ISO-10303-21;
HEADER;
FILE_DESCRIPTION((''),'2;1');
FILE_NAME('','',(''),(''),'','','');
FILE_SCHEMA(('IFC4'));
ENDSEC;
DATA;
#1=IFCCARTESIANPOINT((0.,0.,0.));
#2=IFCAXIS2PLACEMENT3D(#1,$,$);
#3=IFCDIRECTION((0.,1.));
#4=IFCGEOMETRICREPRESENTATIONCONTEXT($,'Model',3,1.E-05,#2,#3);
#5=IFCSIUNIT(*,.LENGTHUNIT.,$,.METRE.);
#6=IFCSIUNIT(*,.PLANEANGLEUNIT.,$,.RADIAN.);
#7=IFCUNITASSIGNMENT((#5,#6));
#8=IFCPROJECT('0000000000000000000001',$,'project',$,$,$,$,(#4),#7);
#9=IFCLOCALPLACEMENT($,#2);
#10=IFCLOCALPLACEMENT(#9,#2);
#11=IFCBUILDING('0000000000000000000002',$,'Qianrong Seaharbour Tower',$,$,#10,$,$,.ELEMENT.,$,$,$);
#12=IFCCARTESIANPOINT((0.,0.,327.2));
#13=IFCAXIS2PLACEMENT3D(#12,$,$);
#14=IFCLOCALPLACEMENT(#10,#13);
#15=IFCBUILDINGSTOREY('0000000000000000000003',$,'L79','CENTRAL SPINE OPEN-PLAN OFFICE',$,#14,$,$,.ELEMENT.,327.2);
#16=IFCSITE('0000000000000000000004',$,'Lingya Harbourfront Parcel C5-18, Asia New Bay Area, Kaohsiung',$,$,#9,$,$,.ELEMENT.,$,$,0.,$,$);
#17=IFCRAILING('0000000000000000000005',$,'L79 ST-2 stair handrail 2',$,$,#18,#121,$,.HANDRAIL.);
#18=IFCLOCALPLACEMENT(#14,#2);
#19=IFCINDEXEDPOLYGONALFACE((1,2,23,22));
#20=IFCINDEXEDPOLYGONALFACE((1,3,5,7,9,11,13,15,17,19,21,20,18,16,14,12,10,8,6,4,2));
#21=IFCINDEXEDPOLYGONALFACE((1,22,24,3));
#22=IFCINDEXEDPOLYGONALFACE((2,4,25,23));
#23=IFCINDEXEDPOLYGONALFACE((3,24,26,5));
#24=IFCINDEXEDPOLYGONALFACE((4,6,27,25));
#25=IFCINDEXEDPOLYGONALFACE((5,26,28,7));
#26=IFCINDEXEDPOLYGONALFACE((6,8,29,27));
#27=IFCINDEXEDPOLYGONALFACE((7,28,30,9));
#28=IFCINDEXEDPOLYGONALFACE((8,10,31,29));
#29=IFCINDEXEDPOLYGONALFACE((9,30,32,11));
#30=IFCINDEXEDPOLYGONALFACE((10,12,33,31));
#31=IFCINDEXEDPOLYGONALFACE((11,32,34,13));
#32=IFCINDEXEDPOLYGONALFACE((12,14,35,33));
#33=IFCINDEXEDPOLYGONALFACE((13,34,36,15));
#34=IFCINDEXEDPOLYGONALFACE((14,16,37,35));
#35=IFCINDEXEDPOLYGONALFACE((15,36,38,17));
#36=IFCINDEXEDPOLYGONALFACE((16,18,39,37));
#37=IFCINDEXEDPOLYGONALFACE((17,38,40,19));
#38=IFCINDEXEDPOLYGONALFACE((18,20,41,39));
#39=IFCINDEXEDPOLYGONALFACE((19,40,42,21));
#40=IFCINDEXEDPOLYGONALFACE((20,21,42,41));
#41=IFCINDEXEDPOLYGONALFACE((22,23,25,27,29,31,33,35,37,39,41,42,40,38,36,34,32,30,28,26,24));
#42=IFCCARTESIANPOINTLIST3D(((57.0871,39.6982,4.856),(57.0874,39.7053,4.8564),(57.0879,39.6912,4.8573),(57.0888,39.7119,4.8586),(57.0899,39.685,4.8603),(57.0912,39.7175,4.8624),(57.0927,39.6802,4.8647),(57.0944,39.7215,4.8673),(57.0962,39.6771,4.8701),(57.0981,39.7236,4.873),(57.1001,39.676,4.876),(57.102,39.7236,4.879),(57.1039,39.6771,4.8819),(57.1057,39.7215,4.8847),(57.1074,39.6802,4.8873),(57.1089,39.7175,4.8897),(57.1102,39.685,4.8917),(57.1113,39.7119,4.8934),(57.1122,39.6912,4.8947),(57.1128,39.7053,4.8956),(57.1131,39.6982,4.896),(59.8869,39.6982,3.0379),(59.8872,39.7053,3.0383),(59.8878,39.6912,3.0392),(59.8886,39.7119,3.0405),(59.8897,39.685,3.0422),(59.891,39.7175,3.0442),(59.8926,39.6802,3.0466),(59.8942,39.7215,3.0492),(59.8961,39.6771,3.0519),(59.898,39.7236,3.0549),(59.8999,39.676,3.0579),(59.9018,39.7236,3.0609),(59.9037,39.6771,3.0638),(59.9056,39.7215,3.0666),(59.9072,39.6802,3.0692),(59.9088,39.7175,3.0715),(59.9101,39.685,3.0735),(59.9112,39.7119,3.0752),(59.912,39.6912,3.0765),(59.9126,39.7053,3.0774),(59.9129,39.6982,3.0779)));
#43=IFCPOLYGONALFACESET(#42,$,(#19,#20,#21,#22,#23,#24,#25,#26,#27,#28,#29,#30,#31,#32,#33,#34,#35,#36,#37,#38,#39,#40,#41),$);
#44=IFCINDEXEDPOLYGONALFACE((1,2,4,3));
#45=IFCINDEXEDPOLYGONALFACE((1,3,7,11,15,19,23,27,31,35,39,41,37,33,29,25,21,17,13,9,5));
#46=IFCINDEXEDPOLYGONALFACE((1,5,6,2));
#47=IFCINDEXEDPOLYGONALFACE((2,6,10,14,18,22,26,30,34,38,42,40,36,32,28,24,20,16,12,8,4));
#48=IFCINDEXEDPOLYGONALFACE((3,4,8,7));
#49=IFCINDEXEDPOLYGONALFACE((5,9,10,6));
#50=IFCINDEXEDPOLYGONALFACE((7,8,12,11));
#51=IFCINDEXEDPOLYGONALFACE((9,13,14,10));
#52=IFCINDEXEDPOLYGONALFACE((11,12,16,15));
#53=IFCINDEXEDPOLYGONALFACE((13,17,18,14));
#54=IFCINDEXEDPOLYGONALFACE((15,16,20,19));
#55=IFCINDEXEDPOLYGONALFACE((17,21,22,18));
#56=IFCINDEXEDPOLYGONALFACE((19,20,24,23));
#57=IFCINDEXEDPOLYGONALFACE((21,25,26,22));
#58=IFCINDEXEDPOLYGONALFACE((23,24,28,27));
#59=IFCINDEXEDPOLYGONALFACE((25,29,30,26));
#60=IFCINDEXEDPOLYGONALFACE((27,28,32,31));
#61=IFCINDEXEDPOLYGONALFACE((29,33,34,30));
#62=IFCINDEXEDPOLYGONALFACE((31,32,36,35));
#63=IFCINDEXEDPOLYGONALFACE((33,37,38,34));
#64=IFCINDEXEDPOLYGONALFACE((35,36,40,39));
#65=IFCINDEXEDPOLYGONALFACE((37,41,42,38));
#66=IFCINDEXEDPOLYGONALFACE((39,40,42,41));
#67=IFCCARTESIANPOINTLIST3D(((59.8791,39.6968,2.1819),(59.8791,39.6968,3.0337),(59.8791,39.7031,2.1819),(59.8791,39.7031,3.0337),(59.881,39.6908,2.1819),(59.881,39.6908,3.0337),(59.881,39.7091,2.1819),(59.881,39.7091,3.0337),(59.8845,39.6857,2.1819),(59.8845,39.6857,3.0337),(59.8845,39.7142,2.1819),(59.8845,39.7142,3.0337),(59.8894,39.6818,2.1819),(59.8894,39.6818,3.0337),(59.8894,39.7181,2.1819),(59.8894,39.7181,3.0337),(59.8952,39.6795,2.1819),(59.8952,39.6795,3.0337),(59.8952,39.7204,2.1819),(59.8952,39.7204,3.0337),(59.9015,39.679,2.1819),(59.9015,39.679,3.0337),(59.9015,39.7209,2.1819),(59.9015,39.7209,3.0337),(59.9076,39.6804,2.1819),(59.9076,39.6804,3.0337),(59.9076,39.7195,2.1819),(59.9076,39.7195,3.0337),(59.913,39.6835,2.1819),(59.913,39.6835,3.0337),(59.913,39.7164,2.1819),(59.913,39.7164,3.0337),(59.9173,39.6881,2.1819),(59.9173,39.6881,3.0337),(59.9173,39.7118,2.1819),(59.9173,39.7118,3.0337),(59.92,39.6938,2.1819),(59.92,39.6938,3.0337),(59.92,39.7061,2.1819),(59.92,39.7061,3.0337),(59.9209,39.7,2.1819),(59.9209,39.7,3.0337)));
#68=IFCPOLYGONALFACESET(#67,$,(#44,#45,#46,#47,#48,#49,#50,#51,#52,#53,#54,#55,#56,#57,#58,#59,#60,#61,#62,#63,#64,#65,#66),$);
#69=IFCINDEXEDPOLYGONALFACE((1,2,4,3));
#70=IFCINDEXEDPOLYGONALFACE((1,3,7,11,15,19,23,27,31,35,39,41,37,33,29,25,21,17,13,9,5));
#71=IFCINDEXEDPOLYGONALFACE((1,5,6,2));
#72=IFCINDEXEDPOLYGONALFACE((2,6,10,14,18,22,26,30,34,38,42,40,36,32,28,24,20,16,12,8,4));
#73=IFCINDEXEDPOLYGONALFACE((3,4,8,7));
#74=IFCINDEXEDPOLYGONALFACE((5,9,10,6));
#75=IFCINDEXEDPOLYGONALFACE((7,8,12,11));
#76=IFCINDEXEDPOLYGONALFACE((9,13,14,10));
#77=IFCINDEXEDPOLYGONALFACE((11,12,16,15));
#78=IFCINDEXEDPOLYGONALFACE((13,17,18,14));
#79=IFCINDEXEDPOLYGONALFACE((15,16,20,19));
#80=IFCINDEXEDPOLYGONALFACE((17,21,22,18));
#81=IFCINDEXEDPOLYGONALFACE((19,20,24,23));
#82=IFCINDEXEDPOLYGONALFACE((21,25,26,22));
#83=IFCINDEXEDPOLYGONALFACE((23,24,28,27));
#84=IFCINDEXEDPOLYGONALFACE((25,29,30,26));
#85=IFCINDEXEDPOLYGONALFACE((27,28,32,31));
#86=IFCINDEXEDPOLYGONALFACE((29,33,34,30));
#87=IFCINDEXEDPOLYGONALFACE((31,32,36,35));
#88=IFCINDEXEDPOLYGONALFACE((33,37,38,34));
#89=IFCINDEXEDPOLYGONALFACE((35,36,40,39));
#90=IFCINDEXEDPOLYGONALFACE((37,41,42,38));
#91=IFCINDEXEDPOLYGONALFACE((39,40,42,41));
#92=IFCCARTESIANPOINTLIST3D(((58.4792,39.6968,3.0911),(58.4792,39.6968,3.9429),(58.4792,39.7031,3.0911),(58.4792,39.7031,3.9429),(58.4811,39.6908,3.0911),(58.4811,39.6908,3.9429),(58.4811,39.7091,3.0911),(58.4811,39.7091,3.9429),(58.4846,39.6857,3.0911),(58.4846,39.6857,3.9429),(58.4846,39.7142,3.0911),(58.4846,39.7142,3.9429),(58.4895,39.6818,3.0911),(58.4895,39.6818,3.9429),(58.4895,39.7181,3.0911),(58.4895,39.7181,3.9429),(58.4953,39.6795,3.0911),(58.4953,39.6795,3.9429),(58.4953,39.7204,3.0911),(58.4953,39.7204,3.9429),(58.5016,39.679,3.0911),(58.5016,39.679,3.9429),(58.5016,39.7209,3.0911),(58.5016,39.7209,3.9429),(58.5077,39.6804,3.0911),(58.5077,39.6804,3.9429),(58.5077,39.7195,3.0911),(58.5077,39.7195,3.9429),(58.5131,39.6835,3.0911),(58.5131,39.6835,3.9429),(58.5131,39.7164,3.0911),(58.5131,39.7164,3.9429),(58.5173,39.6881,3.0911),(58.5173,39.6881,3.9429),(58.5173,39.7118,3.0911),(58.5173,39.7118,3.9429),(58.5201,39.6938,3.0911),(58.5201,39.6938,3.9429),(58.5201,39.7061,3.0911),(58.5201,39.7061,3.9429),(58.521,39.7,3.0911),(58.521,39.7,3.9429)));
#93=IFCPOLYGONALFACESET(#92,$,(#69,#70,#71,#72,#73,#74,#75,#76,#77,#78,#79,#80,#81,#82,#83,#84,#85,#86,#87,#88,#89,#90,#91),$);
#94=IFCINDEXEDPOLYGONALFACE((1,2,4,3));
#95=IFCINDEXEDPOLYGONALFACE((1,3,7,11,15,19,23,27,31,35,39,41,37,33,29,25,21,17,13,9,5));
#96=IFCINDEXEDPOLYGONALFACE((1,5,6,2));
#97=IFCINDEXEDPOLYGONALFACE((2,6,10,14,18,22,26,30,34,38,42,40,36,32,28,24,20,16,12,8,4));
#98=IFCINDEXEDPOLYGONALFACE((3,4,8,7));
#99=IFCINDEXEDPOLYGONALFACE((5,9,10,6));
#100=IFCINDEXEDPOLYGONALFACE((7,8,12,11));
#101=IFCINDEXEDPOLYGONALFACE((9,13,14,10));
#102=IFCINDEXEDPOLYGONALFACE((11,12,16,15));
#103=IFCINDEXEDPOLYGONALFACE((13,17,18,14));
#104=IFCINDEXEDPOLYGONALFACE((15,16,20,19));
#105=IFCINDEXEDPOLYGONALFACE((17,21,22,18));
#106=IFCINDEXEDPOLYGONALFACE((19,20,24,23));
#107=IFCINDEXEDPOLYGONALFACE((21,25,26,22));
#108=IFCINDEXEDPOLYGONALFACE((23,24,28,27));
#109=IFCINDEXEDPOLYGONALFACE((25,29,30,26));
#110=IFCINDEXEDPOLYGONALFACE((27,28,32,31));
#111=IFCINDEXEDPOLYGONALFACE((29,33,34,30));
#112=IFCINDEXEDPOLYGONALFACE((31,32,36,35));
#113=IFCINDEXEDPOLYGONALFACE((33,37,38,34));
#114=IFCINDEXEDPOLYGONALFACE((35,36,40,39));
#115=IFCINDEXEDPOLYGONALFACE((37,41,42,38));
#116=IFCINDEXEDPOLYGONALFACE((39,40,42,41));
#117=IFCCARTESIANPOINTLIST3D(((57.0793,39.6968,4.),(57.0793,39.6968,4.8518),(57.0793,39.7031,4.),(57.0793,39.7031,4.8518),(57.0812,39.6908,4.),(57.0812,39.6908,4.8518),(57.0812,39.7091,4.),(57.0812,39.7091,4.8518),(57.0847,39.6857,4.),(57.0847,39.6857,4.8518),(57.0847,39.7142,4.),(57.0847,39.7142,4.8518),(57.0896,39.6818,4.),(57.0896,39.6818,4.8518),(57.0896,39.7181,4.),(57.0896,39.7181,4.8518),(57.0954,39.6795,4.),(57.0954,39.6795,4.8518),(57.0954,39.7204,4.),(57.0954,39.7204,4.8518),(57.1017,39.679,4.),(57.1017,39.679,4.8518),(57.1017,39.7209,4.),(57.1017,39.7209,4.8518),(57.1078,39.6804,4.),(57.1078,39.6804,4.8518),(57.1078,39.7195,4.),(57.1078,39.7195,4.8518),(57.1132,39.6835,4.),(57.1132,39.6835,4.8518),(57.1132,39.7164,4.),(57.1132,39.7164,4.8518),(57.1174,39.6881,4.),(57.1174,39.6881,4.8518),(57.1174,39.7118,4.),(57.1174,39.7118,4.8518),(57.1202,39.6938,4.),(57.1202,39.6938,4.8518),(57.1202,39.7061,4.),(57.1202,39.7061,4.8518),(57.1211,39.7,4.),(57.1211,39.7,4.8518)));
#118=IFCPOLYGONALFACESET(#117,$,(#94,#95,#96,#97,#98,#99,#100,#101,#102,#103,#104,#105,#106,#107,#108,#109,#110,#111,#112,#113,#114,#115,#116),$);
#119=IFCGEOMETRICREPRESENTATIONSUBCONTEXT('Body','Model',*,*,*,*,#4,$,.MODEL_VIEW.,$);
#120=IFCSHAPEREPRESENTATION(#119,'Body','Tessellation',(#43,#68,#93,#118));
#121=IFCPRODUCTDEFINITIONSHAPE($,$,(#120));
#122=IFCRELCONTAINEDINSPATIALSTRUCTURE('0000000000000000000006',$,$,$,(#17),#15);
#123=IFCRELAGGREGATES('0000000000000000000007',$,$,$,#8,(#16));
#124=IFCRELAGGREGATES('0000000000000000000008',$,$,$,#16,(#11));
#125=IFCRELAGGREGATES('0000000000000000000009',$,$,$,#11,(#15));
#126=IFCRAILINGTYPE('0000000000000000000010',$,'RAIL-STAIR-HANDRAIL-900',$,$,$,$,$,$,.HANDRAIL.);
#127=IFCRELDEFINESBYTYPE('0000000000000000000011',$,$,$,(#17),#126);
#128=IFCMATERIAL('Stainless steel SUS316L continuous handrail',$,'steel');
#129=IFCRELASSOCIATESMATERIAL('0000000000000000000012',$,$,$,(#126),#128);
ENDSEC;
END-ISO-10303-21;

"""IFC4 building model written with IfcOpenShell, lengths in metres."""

from ifc_helpers import new_model, si_unit, direction, frame, origin, origin_2d, place, context, subcontext, project, spatial, circle, extrude, material, type_object, element, save


model = new_model("IFC4")

# Units and contexts
model_context = context("Model", 3, precision=1e-05, world=origin(), true_north=direction((0.0, 1.0)))
body_context = subcontext(model_context, "Body", "Model", "MODEL_VIEW")
ifc_project = project(units=[si_unit("LENGTHUNIT", "METRE"), si_unit("PLANEANGLEUNIT", "RADIAN")], contexts=[model_context])

# Site, building, storey
site_placement = place(None, origin())
site = spatial("IfcSite", under=ifc_project, at=site_placement, Name="Lingya Harbourfront Parcel C5-18, Asia New Bay Area, Kaohsiung", CompositionType="ELEMENT", RefElevation=0.0)
building_placement = place(site_placement, origin())
building = spatial("IfcBuilding", under=site, at=building_placement, Name="Qianrong Seaharbour Tower", CompositionType="ELEMENT")
storey_placement = place(building_placement, frame((0.0, 0.0, 327.2)))
storey = spatial("IfcBuildingStorey", under=building, at=storey_placement, Name="L79", Description="CENTRAL SPINE OPEN-PLAN OFFICE", CompositionType="ELEMENT", Elevation=327.2)

# Railing
ifc_material_1 = material(Name="Stainless steel SUS316L continuous handrail", Category="steel")
railing_type_1 = type_object("IfcRailingType", Name="RAIL-STAIR-HANDRAIL-900", PredefinedType="HANDRAIL", material=ifc_material_1)
railing_1_placement = place(storey_placement, frame((59.8999, 39.7, 2.1819)))
element("IfcRailing", 1, at=railing_1_placement, inside=storey, type_object=railing_type_1, Name="L79 ST-2 stair handrail 2", PredefinedType="HANDRAIL", context=body_context, shape_type="SweptSolid", body=[
    extrude(circle(Radius=0.0239, at=origin_2d()), frame((0.0, 0.0, 0.876), z_axis=(-0.838684, 0.0, 0.544618), x_axis=(0.0, -1.0, 0.0)), (0.0, 0.0, 1.0), 3.3384),
    extrude(circle(Radius=0.021, at=origin_2d()), origin(), (0.0, 0.0, 1.0), 0.8518),
    extrude(circle(Radius=0.021, at=origin_2d()), frame((-1.3999, 0.0, 0.9092)), (0.0, 0.0, 1.0), 0.8518),
    extrude(circle(Radius=0.021, at=origin_2d()), frame((-2.7998, 0.0, 1.8181)), (0.0, 0.0, 1.0), 0.8518),
])

save(model, "model.ifc")
